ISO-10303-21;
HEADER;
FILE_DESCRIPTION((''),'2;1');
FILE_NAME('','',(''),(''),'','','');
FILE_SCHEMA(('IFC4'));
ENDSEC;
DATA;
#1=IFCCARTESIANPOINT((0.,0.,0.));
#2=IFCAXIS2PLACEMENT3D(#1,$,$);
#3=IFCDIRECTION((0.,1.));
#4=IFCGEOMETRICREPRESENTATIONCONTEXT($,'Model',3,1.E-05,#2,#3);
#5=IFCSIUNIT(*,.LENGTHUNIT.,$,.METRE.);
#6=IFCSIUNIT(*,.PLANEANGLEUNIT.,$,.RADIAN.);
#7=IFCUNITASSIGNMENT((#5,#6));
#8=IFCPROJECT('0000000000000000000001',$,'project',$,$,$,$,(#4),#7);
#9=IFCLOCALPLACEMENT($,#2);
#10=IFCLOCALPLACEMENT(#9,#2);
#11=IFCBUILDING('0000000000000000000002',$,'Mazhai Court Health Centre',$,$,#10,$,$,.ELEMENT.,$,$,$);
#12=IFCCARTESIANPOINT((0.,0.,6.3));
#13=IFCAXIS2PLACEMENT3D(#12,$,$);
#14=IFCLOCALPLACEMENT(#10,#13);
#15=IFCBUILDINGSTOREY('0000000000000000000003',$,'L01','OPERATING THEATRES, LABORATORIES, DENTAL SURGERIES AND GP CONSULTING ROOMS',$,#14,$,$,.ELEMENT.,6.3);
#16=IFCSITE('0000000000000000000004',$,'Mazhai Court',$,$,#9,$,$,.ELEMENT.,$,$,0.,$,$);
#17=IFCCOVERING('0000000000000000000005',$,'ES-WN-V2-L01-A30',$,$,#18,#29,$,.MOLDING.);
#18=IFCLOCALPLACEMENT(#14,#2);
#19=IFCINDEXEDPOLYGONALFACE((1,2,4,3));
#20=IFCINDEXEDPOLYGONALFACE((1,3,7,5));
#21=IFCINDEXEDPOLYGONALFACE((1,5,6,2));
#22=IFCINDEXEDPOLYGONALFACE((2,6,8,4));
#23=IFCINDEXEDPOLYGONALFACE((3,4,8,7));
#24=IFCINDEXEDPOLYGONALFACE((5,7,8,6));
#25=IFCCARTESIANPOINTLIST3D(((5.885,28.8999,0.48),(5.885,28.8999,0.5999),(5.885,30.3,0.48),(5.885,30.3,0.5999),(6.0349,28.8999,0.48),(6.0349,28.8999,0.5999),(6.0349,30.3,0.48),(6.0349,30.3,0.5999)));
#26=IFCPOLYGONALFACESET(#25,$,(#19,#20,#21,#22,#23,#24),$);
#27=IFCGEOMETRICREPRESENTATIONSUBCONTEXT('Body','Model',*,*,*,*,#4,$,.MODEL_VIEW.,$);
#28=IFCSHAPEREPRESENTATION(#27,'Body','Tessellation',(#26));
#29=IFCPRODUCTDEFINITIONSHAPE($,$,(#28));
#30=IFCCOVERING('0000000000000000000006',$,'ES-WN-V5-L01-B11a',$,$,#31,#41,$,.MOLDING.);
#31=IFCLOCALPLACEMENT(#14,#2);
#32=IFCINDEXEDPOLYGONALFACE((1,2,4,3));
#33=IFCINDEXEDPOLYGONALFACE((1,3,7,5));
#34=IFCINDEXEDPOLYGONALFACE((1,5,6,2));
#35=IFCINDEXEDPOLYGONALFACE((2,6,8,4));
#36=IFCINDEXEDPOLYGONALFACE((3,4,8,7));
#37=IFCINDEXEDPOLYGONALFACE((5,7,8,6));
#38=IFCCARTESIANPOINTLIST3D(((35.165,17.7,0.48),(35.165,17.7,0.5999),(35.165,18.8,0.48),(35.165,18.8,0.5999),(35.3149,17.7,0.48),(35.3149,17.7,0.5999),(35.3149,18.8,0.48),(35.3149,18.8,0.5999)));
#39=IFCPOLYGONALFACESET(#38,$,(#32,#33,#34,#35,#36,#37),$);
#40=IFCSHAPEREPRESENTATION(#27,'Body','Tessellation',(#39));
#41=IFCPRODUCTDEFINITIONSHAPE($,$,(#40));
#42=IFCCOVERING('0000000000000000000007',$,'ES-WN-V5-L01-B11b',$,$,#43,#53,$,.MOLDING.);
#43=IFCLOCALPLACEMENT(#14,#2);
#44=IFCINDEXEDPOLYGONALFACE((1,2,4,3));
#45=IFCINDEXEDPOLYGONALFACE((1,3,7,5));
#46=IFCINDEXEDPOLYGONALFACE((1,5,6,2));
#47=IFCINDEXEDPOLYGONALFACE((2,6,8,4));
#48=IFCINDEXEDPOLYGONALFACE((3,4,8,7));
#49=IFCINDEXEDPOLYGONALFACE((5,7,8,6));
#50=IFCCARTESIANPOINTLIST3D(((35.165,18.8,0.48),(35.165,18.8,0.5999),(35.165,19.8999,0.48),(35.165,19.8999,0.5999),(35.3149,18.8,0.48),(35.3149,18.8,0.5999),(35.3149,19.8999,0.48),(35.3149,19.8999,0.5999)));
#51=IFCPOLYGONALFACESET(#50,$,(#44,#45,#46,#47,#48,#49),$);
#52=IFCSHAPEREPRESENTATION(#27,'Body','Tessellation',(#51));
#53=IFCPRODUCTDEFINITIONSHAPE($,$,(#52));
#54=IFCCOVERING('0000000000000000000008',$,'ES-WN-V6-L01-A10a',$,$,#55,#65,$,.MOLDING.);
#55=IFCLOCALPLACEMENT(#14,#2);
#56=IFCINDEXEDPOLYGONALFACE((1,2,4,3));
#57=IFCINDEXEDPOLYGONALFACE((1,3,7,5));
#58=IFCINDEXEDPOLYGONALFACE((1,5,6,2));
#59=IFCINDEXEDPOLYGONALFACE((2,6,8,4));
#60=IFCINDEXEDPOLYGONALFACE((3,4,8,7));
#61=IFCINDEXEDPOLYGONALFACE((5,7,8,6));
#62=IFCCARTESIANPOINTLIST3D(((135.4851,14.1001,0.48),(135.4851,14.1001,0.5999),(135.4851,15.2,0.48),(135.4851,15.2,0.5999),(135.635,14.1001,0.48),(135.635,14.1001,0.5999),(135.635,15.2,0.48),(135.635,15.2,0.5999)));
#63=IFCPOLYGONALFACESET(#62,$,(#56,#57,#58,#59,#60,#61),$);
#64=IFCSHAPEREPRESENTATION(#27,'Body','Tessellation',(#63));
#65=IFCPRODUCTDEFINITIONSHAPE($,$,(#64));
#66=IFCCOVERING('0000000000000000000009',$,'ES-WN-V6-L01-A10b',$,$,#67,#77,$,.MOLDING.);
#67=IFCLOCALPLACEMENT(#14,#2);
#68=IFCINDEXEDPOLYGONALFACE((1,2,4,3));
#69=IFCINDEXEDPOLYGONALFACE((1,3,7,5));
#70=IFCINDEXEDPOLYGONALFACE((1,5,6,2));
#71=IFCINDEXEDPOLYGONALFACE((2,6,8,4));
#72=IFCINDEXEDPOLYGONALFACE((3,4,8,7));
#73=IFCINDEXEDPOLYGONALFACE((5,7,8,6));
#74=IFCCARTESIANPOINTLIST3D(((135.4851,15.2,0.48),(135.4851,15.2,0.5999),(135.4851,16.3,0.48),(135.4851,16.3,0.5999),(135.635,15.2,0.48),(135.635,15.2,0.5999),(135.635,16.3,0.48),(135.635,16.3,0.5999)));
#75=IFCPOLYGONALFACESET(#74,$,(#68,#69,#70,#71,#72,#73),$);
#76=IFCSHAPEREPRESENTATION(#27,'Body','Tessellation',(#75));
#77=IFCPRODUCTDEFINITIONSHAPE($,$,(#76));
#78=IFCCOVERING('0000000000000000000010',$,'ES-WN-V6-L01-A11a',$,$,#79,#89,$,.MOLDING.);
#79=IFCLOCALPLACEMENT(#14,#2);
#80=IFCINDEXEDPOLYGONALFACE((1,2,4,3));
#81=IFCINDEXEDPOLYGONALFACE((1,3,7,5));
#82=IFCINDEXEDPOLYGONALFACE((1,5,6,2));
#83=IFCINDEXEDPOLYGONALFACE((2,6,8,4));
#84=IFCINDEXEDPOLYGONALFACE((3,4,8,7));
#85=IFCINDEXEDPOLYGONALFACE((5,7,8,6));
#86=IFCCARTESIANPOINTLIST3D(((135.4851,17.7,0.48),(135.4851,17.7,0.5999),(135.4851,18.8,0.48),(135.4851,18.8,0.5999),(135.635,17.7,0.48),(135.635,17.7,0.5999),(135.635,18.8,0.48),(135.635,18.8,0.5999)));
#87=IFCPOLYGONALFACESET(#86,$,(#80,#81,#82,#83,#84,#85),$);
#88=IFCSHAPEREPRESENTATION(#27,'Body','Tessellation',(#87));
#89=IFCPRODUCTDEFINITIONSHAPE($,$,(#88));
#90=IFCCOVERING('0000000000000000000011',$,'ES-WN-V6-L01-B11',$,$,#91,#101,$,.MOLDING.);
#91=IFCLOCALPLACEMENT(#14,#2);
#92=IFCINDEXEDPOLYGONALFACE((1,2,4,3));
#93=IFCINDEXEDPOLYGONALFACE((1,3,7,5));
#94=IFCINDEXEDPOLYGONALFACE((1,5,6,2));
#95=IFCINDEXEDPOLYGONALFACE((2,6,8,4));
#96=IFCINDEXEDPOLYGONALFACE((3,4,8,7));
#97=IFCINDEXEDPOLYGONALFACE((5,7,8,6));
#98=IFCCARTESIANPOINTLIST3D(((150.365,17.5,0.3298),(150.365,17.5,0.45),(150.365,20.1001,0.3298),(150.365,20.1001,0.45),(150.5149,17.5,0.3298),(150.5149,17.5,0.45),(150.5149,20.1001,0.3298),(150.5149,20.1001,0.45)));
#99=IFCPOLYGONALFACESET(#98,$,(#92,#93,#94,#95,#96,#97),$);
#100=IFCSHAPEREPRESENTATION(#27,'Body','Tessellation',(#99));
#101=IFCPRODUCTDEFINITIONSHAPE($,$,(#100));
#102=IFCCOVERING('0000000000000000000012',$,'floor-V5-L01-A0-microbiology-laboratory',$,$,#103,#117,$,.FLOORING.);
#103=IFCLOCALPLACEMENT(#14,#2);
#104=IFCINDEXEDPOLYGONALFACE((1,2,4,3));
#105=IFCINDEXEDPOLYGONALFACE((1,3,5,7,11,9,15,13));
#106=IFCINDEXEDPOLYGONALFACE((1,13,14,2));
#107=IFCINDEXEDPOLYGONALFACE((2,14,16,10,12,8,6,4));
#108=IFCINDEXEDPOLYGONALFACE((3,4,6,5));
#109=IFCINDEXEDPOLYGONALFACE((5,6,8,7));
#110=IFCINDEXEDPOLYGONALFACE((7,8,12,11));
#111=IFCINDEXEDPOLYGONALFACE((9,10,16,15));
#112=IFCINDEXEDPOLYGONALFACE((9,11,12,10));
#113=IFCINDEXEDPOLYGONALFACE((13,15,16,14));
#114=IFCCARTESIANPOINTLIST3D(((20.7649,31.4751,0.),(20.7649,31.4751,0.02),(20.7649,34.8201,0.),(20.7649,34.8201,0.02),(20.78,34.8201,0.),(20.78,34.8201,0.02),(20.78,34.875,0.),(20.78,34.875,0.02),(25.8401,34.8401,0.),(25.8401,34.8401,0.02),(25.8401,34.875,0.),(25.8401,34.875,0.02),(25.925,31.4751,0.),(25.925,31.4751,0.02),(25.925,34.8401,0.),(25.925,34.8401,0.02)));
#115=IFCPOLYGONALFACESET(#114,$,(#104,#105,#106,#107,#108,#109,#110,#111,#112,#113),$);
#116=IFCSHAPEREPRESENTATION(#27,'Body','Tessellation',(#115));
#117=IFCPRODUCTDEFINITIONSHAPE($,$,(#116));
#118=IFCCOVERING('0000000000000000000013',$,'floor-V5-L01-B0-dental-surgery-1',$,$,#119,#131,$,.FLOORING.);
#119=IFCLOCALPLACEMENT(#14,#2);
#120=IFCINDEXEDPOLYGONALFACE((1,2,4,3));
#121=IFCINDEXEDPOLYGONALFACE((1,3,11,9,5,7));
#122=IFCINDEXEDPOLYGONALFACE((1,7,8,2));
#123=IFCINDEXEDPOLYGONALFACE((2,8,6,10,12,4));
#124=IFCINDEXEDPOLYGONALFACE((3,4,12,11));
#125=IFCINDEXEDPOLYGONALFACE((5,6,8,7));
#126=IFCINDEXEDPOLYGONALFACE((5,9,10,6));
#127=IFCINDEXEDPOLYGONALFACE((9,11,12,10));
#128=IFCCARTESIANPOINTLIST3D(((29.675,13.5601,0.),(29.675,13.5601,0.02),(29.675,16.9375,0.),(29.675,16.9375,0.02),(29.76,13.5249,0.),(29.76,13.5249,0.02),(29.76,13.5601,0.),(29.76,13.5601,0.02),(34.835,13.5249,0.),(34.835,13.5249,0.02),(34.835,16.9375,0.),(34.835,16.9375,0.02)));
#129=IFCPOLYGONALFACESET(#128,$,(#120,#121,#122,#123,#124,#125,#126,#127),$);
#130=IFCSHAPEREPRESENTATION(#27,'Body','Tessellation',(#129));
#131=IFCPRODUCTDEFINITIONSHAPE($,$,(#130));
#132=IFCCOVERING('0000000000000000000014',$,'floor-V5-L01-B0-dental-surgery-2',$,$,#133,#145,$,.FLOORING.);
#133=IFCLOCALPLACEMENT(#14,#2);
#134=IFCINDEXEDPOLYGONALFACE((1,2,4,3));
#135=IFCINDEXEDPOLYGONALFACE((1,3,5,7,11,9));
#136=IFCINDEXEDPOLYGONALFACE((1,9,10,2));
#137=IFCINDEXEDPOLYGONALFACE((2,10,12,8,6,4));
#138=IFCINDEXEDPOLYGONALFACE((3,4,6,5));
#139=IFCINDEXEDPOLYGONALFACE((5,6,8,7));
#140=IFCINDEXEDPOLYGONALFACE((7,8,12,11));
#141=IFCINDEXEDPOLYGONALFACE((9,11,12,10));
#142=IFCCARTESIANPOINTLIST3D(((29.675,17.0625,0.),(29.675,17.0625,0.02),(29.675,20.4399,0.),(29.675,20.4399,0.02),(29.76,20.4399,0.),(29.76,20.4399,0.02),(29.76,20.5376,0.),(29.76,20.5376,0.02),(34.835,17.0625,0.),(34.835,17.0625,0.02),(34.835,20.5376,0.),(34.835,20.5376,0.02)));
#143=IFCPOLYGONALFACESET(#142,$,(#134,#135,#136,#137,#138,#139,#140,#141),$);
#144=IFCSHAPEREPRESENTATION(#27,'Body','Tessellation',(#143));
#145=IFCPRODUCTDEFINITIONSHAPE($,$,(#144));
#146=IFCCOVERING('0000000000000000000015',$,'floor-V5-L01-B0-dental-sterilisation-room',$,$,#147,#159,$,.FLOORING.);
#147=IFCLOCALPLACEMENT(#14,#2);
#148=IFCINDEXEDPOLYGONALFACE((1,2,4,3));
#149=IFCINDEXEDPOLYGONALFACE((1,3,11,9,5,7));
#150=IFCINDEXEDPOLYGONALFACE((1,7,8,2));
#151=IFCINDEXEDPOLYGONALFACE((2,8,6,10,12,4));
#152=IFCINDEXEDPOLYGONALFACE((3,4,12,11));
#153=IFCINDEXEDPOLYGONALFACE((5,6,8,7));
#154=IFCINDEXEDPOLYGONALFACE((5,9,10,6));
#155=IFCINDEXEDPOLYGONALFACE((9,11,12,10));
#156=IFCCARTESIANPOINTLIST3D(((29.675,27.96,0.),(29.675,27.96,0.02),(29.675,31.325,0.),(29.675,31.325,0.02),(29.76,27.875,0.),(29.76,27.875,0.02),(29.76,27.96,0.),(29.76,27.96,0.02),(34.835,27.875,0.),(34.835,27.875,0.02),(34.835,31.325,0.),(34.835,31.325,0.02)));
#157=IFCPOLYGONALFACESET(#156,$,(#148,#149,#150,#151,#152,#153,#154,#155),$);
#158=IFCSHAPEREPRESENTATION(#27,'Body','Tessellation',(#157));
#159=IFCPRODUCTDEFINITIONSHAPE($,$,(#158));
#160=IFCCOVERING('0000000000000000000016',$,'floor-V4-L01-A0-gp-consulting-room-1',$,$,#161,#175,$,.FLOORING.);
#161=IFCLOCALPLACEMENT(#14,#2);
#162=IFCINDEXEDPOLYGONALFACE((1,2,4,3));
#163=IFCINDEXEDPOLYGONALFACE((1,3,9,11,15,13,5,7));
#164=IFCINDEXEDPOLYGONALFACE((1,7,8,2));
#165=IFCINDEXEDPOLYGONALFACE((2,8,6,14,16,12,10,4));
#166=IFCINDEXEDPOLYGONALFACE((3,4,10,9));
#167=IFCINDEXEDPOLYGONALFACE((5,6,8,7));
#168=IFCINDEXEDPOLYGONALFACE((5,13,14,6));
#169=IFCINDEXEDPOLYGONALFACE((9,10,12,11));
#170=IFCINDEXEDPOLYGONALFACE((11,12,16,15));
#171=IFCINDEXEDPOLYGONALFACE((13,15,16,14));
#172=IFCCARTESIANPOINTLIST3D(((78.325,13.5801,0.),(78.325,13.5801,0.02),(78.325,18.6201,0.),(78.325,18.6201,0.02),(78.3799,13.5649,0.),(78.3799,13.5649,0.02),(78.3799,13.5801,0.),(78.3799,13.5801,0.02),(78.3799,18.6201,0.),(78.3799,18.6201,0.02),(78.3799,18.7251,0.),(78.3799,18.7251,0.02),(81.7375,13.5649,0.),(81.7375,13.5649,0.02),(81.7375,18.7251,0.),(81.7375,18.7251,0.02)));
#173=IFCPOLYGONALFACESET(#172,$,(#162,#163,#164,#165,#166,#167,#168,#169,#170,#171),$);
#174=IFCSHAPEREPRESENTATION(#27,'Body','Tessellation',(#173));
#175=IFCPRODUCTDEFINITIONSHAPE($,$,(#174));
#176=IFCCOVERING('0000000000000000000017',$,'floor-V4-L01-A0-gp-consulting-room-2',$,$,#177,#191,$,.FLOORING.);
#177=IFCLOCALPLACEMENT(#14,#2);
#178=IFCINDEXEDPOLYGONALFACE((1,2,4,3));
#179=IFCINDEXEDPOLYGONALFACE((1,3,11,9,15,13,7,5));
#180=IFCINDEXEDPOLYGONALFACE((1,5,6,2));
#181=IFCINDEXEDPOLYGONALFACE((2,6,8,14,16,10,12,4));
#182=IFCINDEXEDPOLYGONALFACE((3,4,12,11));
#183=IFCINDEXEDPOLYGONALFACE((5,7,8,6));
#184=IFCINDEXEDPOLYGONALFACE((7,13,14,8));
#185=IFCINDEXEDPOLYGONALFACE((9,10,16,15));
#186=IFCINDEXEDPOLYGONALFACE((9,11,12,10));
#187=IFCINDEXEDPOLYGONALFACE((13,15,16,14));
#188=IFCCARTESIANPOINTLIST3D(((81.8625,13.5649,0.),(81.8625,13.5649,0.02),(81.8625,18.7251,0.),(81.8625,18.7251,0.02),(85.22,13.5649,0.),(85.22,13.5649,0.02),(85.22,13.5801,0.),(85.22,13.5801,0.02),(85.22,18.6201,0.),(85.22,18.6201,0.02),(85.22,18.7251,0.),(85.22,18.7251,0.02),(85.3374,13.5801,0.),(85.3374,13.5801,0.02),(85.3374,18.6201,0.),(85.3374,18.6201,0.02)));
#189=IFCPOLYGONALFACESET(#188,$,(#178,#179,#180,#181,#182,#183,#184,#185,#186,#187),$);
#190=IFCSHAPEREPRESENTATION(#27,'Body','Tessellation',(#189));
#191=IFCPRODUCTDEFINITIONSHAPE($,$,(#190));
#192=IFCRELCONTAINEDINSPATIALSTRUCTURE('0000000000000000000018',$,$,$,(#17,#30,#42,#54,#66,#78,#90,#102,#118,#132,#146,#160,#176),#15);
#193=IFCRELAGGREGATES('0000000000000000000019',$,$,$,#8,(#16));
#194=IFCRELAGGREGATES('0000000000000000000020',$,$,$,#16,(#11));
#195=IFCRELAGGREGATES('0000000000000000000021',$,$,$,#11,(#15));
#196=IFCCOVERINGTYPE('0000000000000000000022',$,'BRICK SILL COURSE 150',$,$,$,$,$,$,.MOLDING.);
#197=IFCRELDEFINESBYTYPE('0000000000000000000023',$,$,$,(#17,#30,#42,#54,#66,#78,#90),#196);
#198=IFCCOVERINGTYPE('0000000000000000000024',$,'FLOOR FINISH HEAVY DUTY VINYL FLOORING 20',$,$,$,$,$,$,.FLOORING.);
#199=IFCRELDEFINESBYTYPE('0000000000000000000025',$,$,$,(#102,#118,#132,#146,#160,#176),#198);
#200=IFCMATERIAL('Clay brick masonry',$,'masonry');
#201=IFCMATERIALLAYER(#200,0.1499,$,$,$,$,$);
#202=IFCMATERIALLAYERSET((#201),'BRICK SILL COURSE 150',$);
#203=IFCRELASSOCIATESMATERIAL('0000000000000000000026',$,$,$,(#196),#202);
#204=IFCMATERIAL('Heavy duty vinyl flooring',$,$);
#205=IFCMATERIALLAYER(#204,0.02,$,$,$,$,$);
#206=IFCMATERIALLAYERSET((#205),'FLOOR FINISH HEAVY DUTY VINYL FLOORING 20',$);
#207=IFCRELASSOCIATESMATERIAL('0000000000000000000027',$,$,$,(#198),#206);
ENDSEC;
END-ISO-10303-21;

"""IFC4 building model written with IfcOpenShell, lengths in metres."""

from ifc_helpers import new_model, si_unit, direction, frame, origin, place, context, subcontext, project, spatial, polyline, outline, extrude, material, layer, layer_set, type_object, element, save


model = new_model("IFC4")

# Units and contexts
model_context = context("Model", 3, precision=1e-05, world=origin(), true_north=direction((0.0, 1.0)))
body_context = subcontext(model_context, "Body", "Model", "MODEL_VIEW")
ifc_project = project(units=[si_unit("LENGTHUNIT", "METRE"), si_unit("PLANEANGLEUNIT", "RADIAN")], contexts=[model_context])

# Site, building, storey
site_placement = place(None, origin())
site = spatial("IfcSite", under=ifc_project, at=site_placement, Name="Mazhai Court", CompositionType="ELEMENT", RefElevation=0.0)
building_placement = place(site_placement, origin())
building = spatial("IfcBuilding", under=site, at=building_placement, Name="Mazhai Court Health Centre", CompositionType="ELEMENT")
storey_placement = place(building_placement, frame((0.0, 0.0, 6.3)))
storey = spatial("IfcBuildingStorey", under=building, at=storey_placement, Name="L01", Description="OPERATING THEATRES, LABORATORIES, DENTAL SURGERIES AND GP CONSULTING ROOMS", CompositionType="ELEMENT", Elevation=6.3)

# Coverings
ifc_material_1 = material(Name="Clay brick masonry", Category="masonry")
ifc_layer_1 = layer(ifc_material_1, 0.1499)
ifc_layer_set_1 = layer_set([ifc_layer_1], Name="BRICK SILL COURSE 150")
covering_type_1 = type_object("IfcCoveringType", Name="BRICK SILL COURSE 150", PredefinedType="MOLDING", material=ifc_layer_set_1)
covering_1_placement = place(storey_placement, frame((0.0, 0.0, 0.48)))
element("IfcCovering", 1, at=covering_1_placement, inside=storey, type_object=covering_type_1, Name="ES-WN-V2-L01-A30", PredefinedType="MOLDING", context=body_context, shape_type="SweptSolid", body=[
    extrude(outline(polyline([(6.0349, 28.8999), (6.0349, 30.3), (5.885, 30.3), (5.885, 28.8999), (6.0349, 28.8999)])), origin(), (0.0, 0.0, 1.0), 0.1199),
])
covering_2_placement = place(storey_placement, frame((0.0, 0.0, 0.48)))
element("IfcCovering", 2, at=covering_2_placement, inside=storey, type_object=covering_type_1, Name="ES-WN-V5-L01-B11a", PredefinedType="MOLDING", context=body_context, shape_type="SweptSolid", body=[
    extrude(outline(polyline([(35.165, 18.8), (35.165, 17.7), (35.3149, 17.7), (35.3149, 18.8), (35.165, 18.8)])), origin(), (0.0, 0.0, 1.0), 0.1199),
])
covering_3_placement = place(storey_placement, frame((0.0, 0.0, 0.48)))
element("IfcCovering", 3, at=covering_3_placement, inside=storey, type_object=covering_type_1, Name="ES-WN-V5-L01-B11b", PredefinedType="MOLDING", context=body_context, shape_type="SweptSolid", body=[
    extrude(outline(polyline([(35.165, 19.8999), (35.165, 18.8), (35.3149, 18.8), (35.3149, 19.8999), (35.165, 19.8999)])), origin(), (0.0, 0.0, 1.0), 0.1199),
])
covering_4_placement = place(storey_placement, frame((0.0, 0.0, 0.48)))
element("IfcCovering", 4, at=covering_4_placement, inside=storey, type_object=covering_type_1, Name="ES-WN-V6-L01-A10a", PredefinedType="MOLDING", context=body_context, shape_type="SweptSolid", body=[
    extrude(outline(polyline([(135.635, 14.1001), (135.635, 15.2), (135.4851, 15.2), (135.4851, 14.1001), (135.635, 14.1001)])), origin(), (0.0, 0.0, 1.0), 0.1199),
])
covering_5_placement = place(storey_placement, frame((0.0, 0.0, 0.48)))
element("IfcCovering", 5, at=covering_5_placement, inside=storey, type_object=covering_type_1, Name="ES-WN-V6-L01-A10b", PredefinedType="MOLDING", context=body_context, shape_type="SweptSolid", body=[
    extrude(outline(polyline([(135.635, 15.2), (135.635, 16.3), (135.4851, 16.3), (135.4851, 15.2), (135.635, 15.2)])), origin(), (0.0, 0.0, 1.0), 0.1199),
])
covering_6_placement = place(storey_placement, frame((0.0, 0.0, 0.48)))
element("IfcCovering", 6, at=covering_6_placement, inside=storey, type_object=covering_type_1, Name="ES-WN-V6-L01-A11a", PredefinedType="MOLDING", context=body_context, shape_type="SweptSolid", body=[
    extrude(outline(polyline([(135.635, 17.7), (135.635, 18.8), (135.4851, 18.8), (135.4851, 17.7), (135.635, 17.7)])), origin(), (0.0, 0.0, 1.0), 0.1199),
])
covering_7_placement = place(storey_placement, frame((0.0, 0.0, 0.3298)))
element("IfcCovering", 7, at=covering_7_placement, inside=storey, type_object=covering_type_1, Name="ES-WN-V6-L01-B11", PredefinedType="MOLDING", context=body_context, shape_type="SweptSolid", body=[
    extrude(outline(polyline([(150.365, 20.1001), (150.365, 17.5), (150.5149, 17.5), (150.5149, 20.1001), (150.365, 20.1001)])), origin(), (0.0, 0.0, 1.0), 0.1201),
])
ifc_material_2 = material(Name="Heavy duty vinyl flooring")
ifc_layer_2 = layer(ifc_material_2, 0.02)
ifc_layer_set_2 = layer_set([ifc_layer_2], Name="FLOOR FINISH HEAVY DUTY VINYL FLOORING 20")
covering_type_2 = type_object("IfcCoveringType", Name="FLOOR FINISH HEAVY DUTY VINYL FLOORING 20", PredefinedType="FLOORING", material=ifc_layer_set_2)
covering_8_placement = place(storey_placement, origin())
element("IfcCovering", 8, at=covering_8_placement, inside=storey, type_object=covering_type_2, Name="floor-V5-L01-A0-microbiology-laboratory", PredefinedType="FLOORING", context=body_context, shape_type="SweptSolid", body=[
    extrude(outline(polyline([(25.925, 34.8401), (25.8401, 34.8401), (25.8401, 34.875), (20.78, 34.875), (20.78, 34.8201), (20.7649, 34.8201), (20.7649, 31.4751), (25.925, 31.4751), (25.925, 34.8401)])), origin(), (0.0, 0.0, 1.0), 0.02),
])
covering_9_placement = place(storey_placement, origin())
element("IfcCovering", 9, at=covering_9_placement, inside=storey, type_object=covering_type_2, Name="floor-V5-L01-B0-dental-surgery-1", PredefinedType="FLOORING", context=body_context, shape_type="SweptSolid", body=[
    extrude(outline(polyline([(29.675, 13.5601), (29.76, 13.5601), (29.76, 13.5249), (34.835, 13.5249), (34.835, 16.9375), (29.675, 16.9375), (29.675, 13.5601)])), origin(), (0.0, 0.0, 1.0), 0.02),
])
covering_10_placement = place(storey_placement, origin())
element("IfcCovering", 10, at=covering_10_placement, inside=storey, type_object=covering_type_2, Name="floor-V5-L01-B0-dental-surgery-2", PredefinedType="FLOORING", context=body_context, shape_type="SweptSolid", body=[
    extrude(outline(polyline([(29.76, 20.5376), (29.76, 20.4399), (29.675, 20.4399), (29.675, 17.0625), (34.835, 17.0625), (34.835, 20.5376), (29.76, 20.5376)])), origin(), (0.0, 0.0, 1.0), 0.02),
])
covering_11_placement = place(storey_placement, origin())
element("IfcCovering", 11, at=covering_11_placement, inside=storey, type_object=covering_type_2, Name="floor-V5-L01-B0-dental-sterilisation-room", PredefinedType="FLOORING", context=body_context, shape_type="SweptSolid", body=[
    extrude(outline(polyline([(29.675, 27.96), (29.76, 27.96), (29.76, 27.875), (34.835, 27.875), (34.835, 31.325), (29.675, 31.325), (29.675, 27.96)])), origin(), (0.0, 0.0, 1.0), 0.02),
])
covering_12_placement = place(storey_placement, origin())
element("IfcCovering", 12, at=covering_12_placement, inside=storey, type_object=covering_type_2, Name="floor-V4-L01-A0-gp-consulting-room-1", PredefinedType="FLOORING", context=body_context, shape_type="SweptSolid", body=[
    extrude(outline(polyline([(78.3799, 18.7251), (78.3799, 18.6201), (78.325, 18.6201), (78.325, 13.5801), (78.3799, 13.5801), (78.3799, 13.5649), (81.7375, 13.5649), (81.7375, 18.7251), (78.3799, 18.7251)])), origin(), (0.0, 0.0, 1.0), 0.02),
])
covering_13_placement = place(storey_placement, origin())
element("IfcCovering", 13, at=covering_13_placement, inside=storey, type_object=covering_type_2, Name="floor-V4-L01-A0-gp-consulting-room-2", PredefinedType="FLOORING", context=body_context, shape_type="SweptSolid", body=[
    extrude(outline(polyline([(85.3374, 18.6201), (85.22, 18.6201), (85.22, 18.7251), (81.8625, 18.7251), (81.8625, 13.5649), (85.22, 13.5649), (85.22, 13.5801), (85.3374, 13.5801), (85.3374, 18.6201)])), origin(), (0.0, 0.0, 1.0), 0.02),
])

save(model, "model.ifc")
